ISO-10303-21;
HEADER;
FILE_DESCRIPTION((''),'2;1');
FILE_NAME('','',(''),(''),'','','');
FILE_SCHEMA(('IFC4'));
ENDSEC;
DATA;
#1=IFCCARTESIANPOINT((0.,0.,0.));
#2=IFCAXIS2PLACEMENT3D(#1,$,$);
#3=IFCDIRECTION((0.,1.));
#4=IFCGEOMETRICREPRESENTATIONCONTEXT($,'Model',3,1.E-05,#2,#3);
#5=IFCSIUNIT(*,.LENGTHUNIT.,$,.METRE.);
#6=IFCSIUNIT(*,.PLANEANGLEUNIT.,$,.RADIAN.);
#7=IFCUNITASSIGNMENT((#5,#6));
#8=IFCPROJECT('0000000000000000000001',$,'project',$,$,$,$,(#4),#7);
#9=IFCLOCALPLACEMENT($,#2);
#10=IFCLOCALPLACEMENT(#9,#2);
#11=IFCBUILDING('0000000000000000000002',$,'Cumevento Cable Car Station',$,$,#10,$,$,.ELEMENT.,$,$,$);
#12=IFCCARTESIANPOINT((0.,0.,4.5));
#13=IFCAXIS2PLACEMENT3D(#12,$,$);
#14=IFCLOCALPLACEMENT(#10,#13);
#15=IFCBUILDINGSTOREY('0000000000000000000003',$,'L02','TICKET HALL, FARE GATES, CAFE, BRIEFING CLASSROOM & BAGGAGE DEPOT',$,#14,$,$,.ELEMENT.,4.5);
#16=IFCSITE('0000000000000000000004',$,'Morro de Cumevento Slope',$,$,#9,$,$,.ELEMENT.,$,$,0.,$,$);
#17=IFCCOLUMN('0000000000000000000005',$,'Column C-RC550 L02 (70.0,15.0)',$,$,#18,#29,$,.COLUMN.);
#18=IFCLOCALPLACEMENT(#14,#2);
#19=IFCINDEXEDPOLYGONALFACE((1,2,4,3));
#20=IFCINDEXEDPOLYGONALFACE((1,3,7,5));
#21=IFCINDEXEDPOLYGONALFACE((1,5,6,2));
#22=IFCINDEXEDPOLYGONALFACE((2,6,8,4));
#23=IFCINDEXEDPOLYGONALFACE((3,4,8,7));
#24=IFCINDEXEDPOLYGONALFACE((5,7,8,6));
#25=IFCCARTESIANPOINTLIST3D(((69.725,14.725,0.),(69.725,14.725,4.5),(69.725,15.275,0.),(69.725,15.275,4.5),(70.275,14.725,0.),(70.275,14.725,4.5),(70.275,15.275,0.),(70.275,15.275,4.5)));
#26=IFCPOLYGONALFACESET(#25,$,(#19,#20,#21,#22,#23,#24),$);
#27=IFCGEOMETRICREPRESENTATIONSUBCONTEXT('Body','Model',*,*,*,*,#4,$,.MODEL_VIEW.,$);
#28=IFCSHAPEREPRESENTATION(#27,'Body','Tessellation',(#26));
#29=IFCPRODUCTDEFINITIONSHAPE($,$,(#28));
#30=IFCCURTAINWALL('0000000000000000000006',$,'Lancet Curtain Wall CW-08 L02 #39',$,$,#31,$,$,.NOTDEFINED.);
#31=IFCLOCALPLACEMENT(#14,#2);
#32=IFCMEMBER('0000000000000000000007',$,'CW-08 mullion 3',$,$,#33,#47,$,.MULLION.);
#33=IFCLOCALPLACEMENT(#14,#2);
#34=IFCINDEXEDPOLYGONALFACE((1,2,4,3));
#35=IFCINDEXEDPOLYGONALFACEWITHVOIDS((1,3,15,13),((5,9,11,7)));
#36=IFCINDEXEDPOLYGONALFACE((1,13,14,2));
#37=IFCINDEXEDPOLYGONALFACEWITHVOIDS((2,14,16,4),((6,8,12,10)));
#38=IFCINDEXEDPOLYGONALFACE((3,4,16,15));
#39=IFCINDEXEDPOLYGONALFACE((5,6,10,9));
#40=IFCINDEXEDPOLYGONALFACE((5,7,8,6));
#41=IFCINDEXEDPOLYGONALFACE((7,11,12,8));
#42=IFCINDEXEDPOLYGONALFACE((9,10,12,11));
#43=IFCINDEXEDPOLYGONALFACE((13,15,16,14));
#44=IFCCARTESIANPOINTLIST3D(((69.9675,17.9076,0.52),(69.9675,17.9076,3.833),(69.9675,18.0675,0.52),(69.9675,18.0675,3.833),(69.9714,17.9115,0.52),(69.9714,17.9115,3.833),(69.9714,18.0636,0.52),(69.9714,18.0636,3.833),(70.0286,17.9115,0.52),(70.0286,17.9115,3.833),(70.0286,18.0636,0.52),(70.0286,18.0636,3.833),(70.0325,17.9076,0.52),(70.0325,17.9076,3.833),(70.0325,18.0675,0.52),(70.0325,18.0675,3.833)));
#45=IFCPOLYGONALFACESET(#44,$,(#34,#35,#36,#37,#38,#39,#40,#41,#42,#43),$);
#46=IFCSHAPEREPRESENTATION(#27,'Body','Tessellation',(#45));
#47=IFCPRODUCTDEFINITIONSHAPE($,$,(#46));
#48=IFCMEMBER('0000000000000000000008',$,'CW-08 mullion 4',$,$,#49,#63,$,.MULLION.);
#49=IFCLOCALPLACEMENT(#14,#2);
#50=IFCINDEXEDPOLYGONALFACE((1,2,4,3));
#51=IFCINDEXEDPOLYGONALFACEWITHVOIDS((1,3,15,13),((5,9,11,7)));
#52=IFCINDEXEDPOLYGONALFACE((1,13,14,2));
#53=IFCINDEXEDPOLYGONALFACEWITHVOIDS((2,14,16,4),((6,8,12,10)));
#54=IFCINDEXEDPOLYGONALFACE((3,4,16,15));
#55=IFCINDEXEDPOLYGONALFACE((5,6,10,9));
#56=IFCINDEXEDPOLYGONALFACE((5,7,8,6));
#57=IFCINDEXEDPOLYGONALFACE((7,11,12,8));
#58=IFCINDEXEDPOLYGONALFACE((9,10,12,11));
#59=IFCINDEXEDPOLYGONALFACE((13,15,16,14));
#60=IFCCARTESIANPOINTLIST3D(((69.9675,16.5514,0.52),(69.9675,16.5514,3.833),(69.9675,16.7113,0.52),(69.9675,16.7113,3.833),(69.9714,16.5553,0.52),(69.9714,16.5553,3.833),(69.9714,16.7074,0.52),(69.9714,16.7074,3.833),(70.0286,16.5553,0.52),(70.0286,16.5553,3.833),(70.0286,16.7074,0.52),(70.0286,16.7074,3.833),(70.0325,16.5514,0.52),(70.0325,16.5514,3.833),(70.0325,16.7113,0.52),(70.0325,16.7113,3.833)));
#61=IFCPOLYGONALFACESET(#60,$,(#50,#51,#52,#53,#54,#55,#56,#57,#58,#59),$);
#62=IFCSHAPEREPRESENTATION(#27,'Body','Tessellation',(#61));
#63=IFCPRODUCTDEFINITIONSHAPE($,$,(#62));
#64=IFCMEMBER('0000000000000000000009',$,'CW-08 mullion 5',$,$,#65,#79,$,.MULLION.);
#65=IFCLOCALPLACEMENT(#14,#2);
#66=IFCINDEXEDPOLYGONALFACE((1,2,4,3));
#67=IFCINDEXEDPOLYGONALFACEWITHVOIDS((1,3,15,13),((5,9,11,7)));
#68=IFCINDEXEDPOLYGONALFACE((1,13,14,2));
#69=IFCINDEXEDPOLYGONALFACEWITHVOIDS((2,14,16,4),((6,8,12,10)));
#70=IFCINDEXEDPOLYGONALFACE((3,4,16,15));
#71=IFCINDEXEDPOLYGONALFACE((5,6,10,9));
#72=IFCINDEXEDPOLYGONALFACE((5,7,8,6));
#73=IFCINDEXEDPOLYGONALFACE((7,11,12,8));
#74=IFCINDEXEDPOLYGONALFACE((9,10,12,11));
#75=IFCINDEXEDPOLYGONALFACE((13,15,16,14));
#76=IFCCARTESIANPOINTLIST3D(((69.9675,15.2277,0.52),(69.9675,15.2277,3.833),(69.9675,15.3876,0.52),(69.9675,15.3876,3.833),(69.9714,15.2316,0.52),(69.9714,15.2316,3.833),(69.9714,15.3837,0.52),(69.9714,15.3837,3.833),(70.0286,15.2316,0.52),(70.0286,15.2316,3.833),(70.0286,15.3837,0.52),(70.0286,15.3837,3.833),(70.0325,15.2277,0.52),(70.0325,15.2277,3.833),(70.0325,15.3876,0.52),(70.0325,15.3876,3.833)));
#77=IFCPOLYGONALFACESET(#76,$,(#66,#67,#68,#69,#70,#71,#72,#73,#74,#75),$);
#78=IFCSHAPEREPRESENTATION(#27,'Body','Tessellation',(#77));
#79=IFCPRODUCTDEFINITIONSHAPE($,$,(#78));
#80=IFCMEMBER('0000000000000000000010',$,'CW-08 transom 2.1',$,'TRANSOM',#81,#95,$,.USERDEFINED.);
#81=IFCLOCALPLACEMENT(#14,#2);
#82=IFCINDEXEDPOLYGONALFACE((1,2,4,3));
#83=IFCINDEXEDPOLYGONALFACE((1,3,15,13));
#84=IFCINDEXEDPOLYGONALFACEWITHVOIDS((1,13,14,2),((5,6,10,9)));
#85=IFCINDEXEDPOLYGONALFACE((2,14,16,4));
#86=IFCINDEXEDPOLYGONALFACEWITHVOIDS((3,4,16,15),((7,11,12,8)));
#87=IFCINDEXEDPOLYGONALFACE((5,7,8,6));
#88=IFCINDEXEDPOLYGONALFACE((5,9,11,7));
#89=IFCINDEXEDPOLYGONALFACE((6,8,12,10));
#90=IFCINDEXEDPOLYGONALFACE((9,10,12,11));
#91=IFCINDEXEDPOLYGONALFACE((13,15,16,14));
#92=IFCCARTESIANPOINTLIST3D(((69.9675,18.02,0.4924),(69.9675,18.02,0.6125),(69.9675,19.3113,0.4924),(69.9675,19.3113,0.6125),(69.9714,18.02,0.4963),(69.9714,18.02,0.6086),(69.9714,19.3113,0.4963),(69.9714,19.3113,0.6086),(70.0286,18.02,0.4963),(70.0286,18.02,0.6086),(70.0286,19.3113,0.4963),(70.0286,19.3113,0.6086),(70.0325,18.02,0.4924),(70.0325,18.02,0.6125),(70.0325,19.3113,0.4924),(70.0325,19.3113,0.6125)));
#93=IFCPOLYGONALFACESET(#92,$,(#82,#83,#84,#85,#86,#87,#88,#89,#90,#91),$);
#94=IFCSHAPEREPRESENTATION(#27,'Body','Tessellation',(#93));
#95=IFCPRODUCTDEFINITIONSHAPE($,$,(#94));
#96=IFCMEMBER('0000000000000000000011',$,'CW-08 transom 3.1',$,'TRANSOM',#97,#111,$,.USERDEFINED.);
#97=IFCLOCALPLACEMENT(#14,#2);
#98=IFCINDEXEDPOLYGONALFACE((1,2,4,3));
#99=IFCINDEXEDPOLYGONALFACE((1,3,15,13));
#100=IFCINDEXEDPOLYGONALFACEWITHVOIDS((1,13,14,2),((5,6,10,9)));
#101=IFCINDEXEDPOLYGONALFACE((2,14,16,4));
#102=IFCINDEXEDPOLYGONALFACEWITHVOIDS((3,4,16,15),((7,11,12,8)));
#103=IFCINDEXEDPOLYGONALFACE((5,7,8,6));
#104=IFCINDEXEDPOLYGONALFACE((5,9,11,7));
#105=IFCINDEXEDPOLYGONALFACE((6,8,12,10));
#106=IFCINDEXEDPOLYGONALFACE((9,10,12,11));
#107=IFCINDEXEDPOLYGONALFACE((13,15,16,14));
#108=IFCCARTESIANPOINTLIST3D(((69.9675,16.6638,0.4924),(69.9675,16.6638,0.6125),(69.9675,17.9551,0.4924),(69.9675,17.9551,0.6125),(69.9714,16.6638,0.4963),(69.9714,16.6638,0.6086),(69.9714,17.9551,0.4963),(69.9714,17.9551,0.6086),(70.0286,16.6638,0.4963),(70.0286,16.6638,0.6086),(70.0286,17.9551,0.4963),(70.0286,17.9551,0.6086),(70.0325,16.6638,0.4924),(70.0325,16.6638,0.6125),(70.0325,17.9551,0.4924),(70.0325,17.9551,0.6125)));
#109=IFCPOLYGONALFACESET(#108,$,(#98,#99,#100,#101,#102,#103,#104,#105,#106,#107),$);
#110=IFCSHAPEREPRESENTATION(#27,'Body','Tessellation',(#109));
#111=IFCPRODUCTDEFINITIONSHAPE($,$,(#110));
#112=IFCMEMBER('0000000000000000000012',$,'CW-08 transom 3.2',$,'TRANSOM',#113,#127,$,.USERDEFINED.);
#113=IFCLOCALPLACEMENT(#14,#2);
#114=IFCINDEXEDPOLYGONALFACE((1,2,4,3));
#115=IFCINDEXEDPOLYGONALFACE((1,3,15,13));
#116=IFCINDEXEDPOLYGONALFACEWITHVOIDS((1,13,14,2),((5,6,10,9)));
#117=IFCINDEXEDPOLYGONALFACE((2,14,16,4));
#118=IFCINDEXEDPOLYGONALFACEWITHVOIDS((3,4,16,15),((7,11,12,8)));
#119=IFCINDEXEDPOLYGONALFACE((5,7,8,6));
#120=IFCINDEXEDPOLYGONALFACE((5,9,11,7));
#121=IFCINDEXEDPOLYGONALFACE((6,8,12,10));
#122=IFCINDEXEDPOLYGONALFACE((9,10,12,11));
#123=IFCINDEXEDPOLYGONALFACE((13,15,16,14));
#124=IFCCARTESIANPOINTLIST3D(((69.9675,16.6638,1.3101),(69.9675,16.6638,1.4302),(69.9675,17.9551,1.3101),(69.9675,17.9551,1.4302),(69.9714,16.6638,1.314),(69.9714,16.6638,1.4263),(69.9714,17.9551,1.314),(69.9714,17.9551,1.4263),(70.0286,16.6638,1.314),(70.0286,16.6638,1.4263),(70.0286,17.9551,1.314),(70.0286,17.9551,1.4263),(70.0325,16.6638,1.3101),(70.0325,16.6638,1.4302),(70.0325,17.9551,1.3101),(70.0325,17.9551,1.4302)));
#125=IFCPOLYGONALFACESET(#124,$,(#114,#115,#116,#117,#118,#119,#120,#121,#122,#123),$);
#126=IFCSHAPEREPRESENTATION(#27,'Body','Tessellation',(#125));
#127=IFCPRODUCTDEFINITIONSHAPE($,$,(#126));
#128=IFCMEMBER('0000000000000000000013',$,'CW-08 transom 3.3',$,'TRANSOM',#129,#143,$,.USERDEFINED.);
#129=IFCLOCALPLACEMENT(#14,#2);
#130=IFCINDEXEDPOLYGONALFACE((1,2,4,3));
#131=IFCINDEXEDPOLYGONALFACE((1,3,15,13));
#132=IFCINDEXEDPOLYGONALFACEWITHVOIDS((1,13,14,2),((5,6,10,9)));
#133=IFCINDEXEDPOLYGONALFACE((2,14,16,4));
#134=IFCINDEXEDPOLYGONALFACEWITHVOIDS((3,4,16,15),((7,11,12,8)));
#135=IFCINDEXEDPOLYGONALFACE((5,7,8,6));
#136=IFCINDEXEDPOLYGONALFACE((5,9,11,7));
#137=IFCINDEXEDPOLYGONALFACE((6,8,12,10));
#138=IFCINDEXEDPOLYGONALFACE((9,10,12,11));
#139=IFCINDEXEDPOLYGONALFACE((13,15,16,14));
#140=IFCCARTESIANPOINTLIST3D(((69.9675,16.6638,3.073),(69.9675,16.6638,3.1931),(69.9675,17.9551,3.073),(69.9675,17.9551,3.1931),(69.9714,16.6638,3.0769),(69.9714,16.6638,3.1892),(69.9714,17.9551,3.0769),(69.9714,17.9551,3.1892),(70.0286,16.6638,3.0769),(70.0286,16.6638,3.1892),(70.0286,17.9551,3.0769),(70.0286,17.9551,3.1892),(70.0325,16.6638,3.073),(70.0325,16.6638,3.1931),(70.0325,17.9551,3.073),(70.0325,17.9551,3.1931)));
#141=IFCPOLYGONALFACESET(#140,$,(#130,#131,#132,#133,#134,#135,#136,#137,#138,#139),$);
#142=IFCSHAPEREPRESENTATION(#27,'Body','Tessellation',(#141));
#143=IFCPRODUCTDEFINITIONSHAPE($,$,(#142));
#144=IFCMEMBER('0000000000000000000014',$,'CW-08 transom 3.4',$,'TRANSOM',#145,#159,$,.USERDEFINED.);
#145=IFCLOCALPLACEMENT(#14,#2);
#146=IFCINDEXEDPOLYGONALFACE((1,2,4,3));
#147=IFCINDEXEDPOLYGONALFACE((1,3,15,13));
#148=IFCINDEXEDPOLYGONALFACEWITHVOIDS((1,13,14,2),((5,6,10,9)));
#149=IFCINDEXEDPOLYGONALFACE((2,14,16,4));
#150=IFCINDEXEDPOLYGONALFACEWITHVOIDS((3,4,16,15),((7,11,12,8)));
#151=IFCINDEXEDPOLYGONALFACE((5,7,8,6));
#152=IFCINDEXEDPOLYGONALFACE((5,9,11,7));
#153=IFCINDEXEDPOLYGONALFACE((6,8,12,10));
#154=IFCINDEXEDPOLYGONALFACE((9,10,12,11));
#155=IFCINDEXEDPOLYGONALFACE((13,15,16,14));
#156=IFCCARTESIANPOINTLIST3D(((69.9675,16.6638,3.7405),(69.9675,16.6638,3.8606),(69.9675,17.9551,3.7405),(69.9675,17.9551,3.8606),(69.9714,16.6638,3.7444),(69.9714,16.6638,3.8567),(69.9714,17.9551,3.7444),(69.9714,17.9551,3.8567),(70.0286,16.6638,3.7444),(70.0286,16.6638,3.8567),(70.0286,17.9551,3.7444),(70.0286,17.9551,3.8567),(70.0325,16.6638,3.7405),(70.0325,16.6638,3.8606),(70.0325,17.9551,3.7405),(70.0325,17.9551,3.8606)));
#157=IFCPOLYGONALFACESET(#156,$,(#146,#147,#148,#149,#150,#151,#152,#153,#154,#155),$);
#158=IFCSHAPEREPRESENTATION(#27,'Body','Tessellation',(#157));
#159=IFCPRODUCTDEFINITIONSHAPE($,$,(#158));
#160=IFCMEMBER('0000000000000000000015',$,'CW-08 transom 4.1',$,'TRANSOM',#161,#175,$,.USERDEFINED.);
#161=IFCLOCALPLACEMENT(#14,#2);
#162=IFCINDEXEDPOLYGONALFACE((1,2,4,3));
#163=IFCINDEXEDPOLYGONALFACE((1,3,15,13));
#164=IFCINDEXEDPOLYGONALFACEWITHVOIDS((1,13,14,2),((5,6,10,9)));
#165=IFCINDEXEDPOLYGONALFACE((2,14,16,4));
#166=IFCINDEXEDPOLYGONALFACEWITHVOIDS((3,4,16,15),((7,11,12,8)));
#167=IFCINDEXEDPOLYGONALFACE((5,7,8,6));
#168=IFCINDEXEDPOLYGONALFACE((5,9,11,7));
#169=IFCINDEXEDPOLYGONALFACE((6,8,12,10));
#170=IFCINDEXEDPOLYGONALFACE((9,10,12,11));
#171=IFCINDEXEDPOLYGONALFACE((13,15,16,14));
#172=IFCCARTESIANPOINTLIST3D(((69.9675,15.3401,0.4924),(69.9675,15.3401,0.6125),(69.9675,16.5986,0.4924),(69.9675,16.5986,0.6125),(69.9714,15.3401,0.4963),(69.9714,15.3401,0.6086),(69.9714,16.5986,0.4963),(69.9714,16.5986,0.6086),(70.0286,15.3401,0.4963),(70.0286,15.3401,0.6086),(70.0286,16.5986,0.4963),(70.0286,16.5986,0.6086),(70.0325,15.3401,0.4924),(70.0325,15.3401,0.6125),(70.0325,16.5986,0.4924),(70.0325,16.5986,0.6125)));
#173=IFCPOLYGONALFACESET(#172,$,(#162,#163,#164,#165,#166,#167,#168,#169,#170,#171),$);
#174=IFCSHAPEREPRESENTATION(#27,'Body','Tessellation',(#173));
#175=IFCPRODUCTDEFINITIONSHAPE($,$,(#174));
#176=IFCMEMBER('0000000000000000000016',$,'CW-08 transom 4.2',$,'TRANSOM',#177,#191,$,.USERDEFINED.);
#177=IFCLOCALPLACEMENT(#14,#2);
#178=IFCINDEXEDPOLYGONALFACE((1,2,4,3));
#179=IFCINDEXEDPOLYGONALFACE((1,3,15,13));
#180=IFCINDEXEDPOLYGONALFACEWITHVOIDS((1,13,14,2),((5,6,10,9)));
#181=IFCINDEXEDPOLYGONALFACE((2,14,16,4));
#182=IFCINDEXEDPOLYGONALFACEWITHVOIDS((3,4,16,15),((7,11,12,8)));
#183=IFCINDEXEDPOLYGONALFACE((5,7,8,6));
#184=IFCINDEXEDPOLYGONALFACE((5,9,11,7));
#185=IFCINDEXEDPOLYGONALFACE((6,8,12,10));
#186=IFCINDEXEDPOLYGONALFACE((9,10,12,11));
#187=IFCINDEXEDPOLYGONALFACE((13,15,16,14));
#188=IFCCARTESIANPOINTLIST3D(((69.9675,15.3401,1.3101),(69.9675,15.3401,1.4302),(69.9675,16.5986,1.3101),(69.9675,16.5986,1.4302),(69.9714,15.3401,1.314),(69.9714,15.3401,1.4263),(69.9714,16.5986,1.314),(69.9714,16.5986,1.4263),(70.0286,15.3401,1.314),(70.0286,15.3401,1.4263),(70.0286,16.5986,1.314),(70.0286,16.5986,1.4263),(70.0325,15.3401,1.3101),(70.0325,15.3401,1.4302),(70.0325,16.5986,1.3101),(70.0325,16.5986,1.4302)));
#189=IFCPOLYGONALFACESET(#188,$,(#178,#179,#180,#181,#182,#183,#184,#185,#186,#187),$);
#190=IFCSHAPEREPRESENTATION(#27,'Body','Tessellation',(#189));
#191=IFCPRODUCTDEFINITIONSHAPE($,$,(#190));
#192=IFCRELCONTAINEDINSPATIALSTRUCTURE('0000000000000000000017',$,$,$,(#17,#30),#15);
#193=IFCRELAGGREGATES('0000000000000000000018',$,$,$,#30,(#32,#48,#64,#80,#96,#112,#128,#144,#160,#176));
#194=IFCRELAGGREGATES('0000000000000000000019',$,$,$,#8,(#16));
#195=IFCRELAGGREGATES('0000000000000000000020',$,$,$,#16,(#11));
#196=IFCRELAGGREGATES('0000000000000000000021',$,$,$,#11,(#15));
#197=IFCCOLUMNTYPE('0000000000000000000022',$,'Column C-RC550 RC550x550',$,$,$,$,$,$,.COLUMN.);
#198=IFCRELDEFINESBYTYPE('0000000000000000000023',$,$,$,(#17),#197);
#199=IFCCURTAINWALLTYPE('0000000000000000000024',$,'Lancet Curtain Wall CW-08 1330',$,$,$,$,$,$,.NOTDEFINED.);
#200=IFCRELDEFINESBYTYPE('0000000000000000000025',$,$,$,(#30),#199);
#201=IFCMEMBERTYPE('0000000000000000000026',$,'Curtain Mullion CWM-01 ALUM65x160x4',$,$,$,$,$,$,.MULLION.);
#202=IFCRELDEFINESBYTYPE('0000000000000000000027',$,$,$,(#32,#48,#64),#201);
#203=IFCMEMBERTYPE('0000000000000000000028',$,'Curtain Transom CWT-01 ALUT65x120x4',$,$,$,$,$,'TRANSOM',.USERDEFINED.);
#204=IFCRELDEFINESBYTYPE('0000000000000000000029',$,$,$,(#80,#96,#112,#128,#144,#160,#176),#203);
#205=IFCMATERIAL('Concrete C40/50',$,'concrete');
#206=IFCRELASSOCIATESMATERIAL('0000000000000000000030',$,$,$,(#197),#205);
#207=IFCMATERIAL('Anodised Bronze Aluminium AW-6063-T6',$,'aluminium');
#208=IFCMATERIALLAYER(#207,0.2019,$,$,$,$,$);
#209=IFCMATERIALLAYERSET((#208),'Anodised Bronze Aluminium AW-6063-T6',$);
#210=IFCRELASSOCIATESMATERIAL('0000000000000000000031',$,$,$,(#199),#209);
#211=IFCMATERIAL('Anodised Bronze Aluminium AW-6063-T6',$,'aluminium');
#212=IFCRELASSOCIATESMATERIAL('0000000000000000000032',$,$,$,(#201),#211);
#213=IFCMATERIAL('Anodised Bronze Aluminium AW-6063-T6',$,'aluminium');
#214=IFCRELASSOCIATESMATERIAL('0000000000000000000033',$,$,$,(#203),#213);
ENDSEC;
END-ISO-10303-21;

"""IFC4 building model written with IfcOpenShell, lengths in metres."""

from ifc_helpers import new_model, si_unit, direction, frame, origin, origin_2d, place, context, subcontext, project, spatial, rectangle, hollow_rectangle, extrude, material, layer, layer_set, material_profile, profile_set, type_object, element, aggregate, save


model = new_model("IFC4")

# Units and contexts
model_context = context("Model", 3, precision=1e-05, world=origin(), true_north=direction((0.0, 1.0)))
body_context = subcontext(model_context, "Body", "Model", "MODEL_VIEW")
ifc_project = project(units=[si_unit("LENGTHUNIT", "METRE"), si_unit("PLANEANGLEUNIT", "RADIAN")], contexts=[model_context])

# Site, building, storey
site_placement = place(None, origin())
site = spatial("IfcSite", under=ifc_project, at=site_placement, Name="Morro de Cumevento Slope", CompositionType="ELEMENT", RefElevation=0.0)
building_placement = place(site_placement, origin())
building = spatial("IfcBuilding", under=site, at=building_placement, Name="Cumevento Cable Car Station", CompositionType="ELEMENT")
storey_placement = place(building_placement, frame((0.0, 0.0, 4.5)))
storey = spatial("IfcBuildingStorey", under=building, at=storey_placement, Name="L02", Description="TICKET HALL, FARE GATES, CAFE, BRIEFING CLASSROOM & BAGGAGE DEPOT", CompositionType="ELEMENT", Elevation=4.5)

# Column
ifc_material_1 = material(Name="Concrete C40/50", Category="concrete")
ifc_material_profile_1 = material_profile(ifc_material_1, rectangle(XDim=0.55, YDim=0.55, at=origin_2d()), Name="RC550x550")
ifc_profile_set_1 = profile_set([ifc_material_profile_1], Name="Concrete C40/50")
column_type = type_object("IfcColumnType", Name="Column C-RC550 RC550x550", PredefinedType="COLUMN", material=ifc_profile_set_1)
column_placement = place(storey_placement, frame((70.0, 15.0, 0.0), z_axis=(0.0, 0.0, 1.0), x_axis=(1.0, 0.0, 0.0)))
element("IfcColumn", 1, at=column_placement, inside=storey, type_object=column_type, Name="Column C-RC550 L02 (70.0,15.0)", PredefinedType="COLUMN", context=body_context, shape_type="SweptSolid", body=[
    extrude(rectangle(XDim=0.55, YDim=0.55, at=origin_2d()), origin(), (0.0, 0.0, 1.0), 4.5),
])

# Curtain wall, members
ifc_material_2 = material(Name="Anodised Bronze Aluminium AW-6063-T6", Category="aluminium")
ifc_layer_1 = layer(ifc_material_2, 0.2019)
ifc_layer_set_1 = layer_set([ifc_layer_1], Name="Anodised Bronze Aluminium AW-6063-T6")
curtain_wall_type = type_object("IfcCurtainWallType", Name="Lancet Curtain Wall CW-08 1330", PredefinedType="NOTDEFINED", material=ifc_layer_set_1)
curtain_wall_placement = place(storey_placement, origin())
curtain_wall = element("IfcCurtainWall", 2, at=curtain_wall_placement, inside=storey, type_object=curtain_wall_type, Name="Lancet Curtain Wall CW-08 L02 #39", PredefinedType="NOTDEFINED")
ifc_material_3 = material(Name="Anodised Bronze Aluminium AW-6063-T6", Category="aluminium")
ifc_material_profile_2 = material_profile(ifc_material_3, hollow_rectangle(XDim=0.0649, YDim=0.1599, WallThickness=0.0039, at=origin_2d()), Name="ALUM65x160x4")
ifc_profile_set_2 = profile_set([ifc_material_profile_2], Name="Anodised Bronze Aluminium AW-6063-T6")
member_type_1 = type_object("IfcMemberType", Name="Curtain Mullion CWM-01 ALUM65x160x4", PredefinedType="MULLION", material=ifc_profile_set_2)
member_1_placement = place(storey_placement, frame((70.0, 17.9875, 0.52), z_axis=(0.0, 0.0, 1.0), x_axis=(1.0, 0.0, 0.0)))
member_1 = element("IfcMember", 3, at=member_1_placement, type_object=member_type_1, Name="CW-08 mullion 3", PredefinedType="MULLION", context=body_context, shape_type="SweptSolid", body=[
    extrude(hollow_rectangle(XDim=0.0649, YDim=0.1599, WallThickness=0.0039, at=origin_2d()), origin(), (0.0, 0.0, 1.0), 3.313),
])
member_2_placement = place(storey_placement, frame((70.0, 16.6313, 0.52), z_axis=(0.0, 0.0, 1.0), x_axis=(1.0, 0.0, 0.0)))
member_2 = element("IfcMember", 4, at=member_2_placement, type_object=member_type_1, Name="CW-08 mullion 4", PredefinedType="MULLION", context=body_context, shape_type="SweptSolid", body=[
    extrude(hollow_rectangle(XDim=0.0649, YDim=0.1599, WallThickness=0.0039, at=origin_2d()), origin(), (0.0, 0.0, 1.0), 3.313),
])
member_3_placement = place(storey_placement, frame((70.0, 15.3076, 0.52), z_axis=(0.0, 0.0, 1.0), x_axis=(1.0, 0.0, 0.0)))
member_3 = element("IfcMember", 5, at=member_3_placement, type_object=member_type_1, Name="CW-08 mullion 5", PredefinedType="MULLION", context=body_context, shape_type="SweptSolid", body=[
    extrude(hollow_rectangle(XDim=0.0649, YDim=0.1599, WallThickness=0.0039, at=origin_2d()), origin(), (0.0, 0.0, 1.0), 3.313),
])
ifc_material_4 = material(Name="Anodised Bronze Aluminium AW-6063-T6", Category="aluminium")
ifc_material_profile_3 = material_profile(ifc_material_4, hollow_rectangle(XDim=0.0649, YDim=0.1201, WallThickness=0.0039, at=origin_2d()), Name="ALUT65x120x4")
ifc_profile_set_3 = profile_set([ifc_material_profile_3], Name="Anodised Bronze Aluminium AW-6063-T6")
member_type_2 = type_object("IfcMemberType", Name="Curtain Transom CWT-01 ALUT65x120x4", ElementType="TRANSOM", PredefinedType="USERDEFINED", material=ifc_profile_set_3)
member_4_placement = place(storey_placement, frame((70.0, 19.3113, 0.5525), z_axis=(0.0, -1.0, 0.0), x_axis=(1.0, 0.0, 0.0)))
member_4 = element("IfcMember", 6, at=member_4_placement, type_object=member_type_2, Name="CW-08 transom 2.1", ObjectType="TRANSOM", PredefinedType="USERDEFINED", context=body_context, shape_type="SweptSolid", body=[
    extrude(hollow_rectangle(XDim=0.0649, YDim=0.1201, WallThickness=0.0039, at=origin_2d()), origin(), (0.0, 0.0, 1.0), 1.2913),
])
member_5_placement = place(storey_placement, frame((70.0, 17.9551, 0.5525), z_axis=(0.0, -1.0, 0.0), x_axis=(1.0, 0.0, 0.0)))
member_5 = element("IfcMember", 7, at=member_5_placement, type_object=member_type_2, Name="CW-08 transom 3.1", ObjectType="TRANSOM", PredefinedType="USERDEFINED", context=body_context, shape_type="SweptSolid", body=[
    extrude(hollow_rectangle(XDim=0.0649, YDim=0.1201, WallThickness=0.0039, at=origin_2d()), origin(), (0.0, 0.0, 1.0), 1.2913),
])
member_6_placement = place(storey_placement, frame((70.0, 17.9551, 1.3701), z_axis=(0.0, -1.0, 0.0), x_axis=(1.0, 0.0, 0.0)))
member_6 = element("IfcMember", 8, at=member_6_placement, type_object=member_type_2, Name="CW-08 transom 3.2", ObjectType="TRANSOM", PredefinedType="USERDEFINED", context=body_context, shape_type="SweptSolid", body=[
    extrude(hollow_rectangle(XDim=0.0649, YDim=0.1201, WallThickness=0.0039, at=origin_2d()), origin(), (0.0, 0.0, 1.0), 1.2913),
])
member_7_placement = place(storey_placement, frame((70.0, 17.9551, 3.1331), z_axis=(0.0, -1.0, 0.0), x_axis=(1.0, 0.0, 0.0)))
member_7 = element("IfcMember", 9, at=member_7_placement, type_object=member_type_2, Name="CW-08 transom 3.3", ObjectType="TRANSOM", PredefinedType="USERDEFINED", context=body_context, shape_type="SweptSolid", body=[
    extrude(hollow_rectangle(XDim=0.0649, YDim=0.1201, WallThickness=0.0039, at=origin_2d()), origin(), (0.0, 0.0, 1.0), 1.2913),
])
member_8_placement = place(storey_placement, frame((70.0, 17.9551, 3.8005), z_axis=(0.0, -1.0, 0.0), x_axis=(1.0, 0.0, 0.0)))
member_8 = element("IfcMember", 10, at=member_8_placement, type_object=member_type_2, Name="CW-08 transom 3.4", ObjectType="TRANSOM", PredefinedType="USERDEFINED", context=body_context, shape_type="SweptSolid", body=[
    extrude(hollow_rectangle(XDim=0.0649, YDim=0.1201, WallThickness=0.0039, at=origin_2d()), origin(), (0.0, 0.0, 1.0), 1.2913),
])
member_9_placement = place(storey_placement, frame((70.0, 16.5986, 0.5525), z_axis=(0.0, -1.0, 0.0), x_axis=(1.0, 0.0, 0.0)))
member_9 = element("IfcMember", 11, at=member_9_placement, type_object=member_type_2, Name="CW-08 transom 4.1", ObjectType="TRANSOM", PredefinedType="USERDEFINED", context=body_context, shape_type="SweptSolid", body=[
    extrude(hollow_rectangle(XDim=0.0649, YDim=0.1201, WallThickness=0.0039, at=origin_2d()), origin(), (0.0, 0.0, 1.0), 1.2585),
])
member_10_placement = place(storey_placement, frame((70.0, 16.5986, 1.3701), z_axis=(0.0, -1.0, 0.0), x_axis=(1.0, 0.0, 0.0)))
member_10 = element("IfcMember", 12, at=member_10_placement, type_object=member_type_2, Name="CW-08 transom 4.2", ObjectType="TRANSOM", PredefinedType="USERDEFINED", context=body_context, shape_type="SweptSolid", body=[
    extrude(hollow_rectangle(XDim=0.0649, YDim=0.1201, WallThickness=0.0039, at=origin_2d()), origin(), (0.0, 0.0, 1.0), 1.2585),
])

aggregate(curtain_wall, [member_1, member_2, member_3, member_4, member_5, member_6, member_7, member_8, member_9, member_10])

save(model, "model.ifc")
